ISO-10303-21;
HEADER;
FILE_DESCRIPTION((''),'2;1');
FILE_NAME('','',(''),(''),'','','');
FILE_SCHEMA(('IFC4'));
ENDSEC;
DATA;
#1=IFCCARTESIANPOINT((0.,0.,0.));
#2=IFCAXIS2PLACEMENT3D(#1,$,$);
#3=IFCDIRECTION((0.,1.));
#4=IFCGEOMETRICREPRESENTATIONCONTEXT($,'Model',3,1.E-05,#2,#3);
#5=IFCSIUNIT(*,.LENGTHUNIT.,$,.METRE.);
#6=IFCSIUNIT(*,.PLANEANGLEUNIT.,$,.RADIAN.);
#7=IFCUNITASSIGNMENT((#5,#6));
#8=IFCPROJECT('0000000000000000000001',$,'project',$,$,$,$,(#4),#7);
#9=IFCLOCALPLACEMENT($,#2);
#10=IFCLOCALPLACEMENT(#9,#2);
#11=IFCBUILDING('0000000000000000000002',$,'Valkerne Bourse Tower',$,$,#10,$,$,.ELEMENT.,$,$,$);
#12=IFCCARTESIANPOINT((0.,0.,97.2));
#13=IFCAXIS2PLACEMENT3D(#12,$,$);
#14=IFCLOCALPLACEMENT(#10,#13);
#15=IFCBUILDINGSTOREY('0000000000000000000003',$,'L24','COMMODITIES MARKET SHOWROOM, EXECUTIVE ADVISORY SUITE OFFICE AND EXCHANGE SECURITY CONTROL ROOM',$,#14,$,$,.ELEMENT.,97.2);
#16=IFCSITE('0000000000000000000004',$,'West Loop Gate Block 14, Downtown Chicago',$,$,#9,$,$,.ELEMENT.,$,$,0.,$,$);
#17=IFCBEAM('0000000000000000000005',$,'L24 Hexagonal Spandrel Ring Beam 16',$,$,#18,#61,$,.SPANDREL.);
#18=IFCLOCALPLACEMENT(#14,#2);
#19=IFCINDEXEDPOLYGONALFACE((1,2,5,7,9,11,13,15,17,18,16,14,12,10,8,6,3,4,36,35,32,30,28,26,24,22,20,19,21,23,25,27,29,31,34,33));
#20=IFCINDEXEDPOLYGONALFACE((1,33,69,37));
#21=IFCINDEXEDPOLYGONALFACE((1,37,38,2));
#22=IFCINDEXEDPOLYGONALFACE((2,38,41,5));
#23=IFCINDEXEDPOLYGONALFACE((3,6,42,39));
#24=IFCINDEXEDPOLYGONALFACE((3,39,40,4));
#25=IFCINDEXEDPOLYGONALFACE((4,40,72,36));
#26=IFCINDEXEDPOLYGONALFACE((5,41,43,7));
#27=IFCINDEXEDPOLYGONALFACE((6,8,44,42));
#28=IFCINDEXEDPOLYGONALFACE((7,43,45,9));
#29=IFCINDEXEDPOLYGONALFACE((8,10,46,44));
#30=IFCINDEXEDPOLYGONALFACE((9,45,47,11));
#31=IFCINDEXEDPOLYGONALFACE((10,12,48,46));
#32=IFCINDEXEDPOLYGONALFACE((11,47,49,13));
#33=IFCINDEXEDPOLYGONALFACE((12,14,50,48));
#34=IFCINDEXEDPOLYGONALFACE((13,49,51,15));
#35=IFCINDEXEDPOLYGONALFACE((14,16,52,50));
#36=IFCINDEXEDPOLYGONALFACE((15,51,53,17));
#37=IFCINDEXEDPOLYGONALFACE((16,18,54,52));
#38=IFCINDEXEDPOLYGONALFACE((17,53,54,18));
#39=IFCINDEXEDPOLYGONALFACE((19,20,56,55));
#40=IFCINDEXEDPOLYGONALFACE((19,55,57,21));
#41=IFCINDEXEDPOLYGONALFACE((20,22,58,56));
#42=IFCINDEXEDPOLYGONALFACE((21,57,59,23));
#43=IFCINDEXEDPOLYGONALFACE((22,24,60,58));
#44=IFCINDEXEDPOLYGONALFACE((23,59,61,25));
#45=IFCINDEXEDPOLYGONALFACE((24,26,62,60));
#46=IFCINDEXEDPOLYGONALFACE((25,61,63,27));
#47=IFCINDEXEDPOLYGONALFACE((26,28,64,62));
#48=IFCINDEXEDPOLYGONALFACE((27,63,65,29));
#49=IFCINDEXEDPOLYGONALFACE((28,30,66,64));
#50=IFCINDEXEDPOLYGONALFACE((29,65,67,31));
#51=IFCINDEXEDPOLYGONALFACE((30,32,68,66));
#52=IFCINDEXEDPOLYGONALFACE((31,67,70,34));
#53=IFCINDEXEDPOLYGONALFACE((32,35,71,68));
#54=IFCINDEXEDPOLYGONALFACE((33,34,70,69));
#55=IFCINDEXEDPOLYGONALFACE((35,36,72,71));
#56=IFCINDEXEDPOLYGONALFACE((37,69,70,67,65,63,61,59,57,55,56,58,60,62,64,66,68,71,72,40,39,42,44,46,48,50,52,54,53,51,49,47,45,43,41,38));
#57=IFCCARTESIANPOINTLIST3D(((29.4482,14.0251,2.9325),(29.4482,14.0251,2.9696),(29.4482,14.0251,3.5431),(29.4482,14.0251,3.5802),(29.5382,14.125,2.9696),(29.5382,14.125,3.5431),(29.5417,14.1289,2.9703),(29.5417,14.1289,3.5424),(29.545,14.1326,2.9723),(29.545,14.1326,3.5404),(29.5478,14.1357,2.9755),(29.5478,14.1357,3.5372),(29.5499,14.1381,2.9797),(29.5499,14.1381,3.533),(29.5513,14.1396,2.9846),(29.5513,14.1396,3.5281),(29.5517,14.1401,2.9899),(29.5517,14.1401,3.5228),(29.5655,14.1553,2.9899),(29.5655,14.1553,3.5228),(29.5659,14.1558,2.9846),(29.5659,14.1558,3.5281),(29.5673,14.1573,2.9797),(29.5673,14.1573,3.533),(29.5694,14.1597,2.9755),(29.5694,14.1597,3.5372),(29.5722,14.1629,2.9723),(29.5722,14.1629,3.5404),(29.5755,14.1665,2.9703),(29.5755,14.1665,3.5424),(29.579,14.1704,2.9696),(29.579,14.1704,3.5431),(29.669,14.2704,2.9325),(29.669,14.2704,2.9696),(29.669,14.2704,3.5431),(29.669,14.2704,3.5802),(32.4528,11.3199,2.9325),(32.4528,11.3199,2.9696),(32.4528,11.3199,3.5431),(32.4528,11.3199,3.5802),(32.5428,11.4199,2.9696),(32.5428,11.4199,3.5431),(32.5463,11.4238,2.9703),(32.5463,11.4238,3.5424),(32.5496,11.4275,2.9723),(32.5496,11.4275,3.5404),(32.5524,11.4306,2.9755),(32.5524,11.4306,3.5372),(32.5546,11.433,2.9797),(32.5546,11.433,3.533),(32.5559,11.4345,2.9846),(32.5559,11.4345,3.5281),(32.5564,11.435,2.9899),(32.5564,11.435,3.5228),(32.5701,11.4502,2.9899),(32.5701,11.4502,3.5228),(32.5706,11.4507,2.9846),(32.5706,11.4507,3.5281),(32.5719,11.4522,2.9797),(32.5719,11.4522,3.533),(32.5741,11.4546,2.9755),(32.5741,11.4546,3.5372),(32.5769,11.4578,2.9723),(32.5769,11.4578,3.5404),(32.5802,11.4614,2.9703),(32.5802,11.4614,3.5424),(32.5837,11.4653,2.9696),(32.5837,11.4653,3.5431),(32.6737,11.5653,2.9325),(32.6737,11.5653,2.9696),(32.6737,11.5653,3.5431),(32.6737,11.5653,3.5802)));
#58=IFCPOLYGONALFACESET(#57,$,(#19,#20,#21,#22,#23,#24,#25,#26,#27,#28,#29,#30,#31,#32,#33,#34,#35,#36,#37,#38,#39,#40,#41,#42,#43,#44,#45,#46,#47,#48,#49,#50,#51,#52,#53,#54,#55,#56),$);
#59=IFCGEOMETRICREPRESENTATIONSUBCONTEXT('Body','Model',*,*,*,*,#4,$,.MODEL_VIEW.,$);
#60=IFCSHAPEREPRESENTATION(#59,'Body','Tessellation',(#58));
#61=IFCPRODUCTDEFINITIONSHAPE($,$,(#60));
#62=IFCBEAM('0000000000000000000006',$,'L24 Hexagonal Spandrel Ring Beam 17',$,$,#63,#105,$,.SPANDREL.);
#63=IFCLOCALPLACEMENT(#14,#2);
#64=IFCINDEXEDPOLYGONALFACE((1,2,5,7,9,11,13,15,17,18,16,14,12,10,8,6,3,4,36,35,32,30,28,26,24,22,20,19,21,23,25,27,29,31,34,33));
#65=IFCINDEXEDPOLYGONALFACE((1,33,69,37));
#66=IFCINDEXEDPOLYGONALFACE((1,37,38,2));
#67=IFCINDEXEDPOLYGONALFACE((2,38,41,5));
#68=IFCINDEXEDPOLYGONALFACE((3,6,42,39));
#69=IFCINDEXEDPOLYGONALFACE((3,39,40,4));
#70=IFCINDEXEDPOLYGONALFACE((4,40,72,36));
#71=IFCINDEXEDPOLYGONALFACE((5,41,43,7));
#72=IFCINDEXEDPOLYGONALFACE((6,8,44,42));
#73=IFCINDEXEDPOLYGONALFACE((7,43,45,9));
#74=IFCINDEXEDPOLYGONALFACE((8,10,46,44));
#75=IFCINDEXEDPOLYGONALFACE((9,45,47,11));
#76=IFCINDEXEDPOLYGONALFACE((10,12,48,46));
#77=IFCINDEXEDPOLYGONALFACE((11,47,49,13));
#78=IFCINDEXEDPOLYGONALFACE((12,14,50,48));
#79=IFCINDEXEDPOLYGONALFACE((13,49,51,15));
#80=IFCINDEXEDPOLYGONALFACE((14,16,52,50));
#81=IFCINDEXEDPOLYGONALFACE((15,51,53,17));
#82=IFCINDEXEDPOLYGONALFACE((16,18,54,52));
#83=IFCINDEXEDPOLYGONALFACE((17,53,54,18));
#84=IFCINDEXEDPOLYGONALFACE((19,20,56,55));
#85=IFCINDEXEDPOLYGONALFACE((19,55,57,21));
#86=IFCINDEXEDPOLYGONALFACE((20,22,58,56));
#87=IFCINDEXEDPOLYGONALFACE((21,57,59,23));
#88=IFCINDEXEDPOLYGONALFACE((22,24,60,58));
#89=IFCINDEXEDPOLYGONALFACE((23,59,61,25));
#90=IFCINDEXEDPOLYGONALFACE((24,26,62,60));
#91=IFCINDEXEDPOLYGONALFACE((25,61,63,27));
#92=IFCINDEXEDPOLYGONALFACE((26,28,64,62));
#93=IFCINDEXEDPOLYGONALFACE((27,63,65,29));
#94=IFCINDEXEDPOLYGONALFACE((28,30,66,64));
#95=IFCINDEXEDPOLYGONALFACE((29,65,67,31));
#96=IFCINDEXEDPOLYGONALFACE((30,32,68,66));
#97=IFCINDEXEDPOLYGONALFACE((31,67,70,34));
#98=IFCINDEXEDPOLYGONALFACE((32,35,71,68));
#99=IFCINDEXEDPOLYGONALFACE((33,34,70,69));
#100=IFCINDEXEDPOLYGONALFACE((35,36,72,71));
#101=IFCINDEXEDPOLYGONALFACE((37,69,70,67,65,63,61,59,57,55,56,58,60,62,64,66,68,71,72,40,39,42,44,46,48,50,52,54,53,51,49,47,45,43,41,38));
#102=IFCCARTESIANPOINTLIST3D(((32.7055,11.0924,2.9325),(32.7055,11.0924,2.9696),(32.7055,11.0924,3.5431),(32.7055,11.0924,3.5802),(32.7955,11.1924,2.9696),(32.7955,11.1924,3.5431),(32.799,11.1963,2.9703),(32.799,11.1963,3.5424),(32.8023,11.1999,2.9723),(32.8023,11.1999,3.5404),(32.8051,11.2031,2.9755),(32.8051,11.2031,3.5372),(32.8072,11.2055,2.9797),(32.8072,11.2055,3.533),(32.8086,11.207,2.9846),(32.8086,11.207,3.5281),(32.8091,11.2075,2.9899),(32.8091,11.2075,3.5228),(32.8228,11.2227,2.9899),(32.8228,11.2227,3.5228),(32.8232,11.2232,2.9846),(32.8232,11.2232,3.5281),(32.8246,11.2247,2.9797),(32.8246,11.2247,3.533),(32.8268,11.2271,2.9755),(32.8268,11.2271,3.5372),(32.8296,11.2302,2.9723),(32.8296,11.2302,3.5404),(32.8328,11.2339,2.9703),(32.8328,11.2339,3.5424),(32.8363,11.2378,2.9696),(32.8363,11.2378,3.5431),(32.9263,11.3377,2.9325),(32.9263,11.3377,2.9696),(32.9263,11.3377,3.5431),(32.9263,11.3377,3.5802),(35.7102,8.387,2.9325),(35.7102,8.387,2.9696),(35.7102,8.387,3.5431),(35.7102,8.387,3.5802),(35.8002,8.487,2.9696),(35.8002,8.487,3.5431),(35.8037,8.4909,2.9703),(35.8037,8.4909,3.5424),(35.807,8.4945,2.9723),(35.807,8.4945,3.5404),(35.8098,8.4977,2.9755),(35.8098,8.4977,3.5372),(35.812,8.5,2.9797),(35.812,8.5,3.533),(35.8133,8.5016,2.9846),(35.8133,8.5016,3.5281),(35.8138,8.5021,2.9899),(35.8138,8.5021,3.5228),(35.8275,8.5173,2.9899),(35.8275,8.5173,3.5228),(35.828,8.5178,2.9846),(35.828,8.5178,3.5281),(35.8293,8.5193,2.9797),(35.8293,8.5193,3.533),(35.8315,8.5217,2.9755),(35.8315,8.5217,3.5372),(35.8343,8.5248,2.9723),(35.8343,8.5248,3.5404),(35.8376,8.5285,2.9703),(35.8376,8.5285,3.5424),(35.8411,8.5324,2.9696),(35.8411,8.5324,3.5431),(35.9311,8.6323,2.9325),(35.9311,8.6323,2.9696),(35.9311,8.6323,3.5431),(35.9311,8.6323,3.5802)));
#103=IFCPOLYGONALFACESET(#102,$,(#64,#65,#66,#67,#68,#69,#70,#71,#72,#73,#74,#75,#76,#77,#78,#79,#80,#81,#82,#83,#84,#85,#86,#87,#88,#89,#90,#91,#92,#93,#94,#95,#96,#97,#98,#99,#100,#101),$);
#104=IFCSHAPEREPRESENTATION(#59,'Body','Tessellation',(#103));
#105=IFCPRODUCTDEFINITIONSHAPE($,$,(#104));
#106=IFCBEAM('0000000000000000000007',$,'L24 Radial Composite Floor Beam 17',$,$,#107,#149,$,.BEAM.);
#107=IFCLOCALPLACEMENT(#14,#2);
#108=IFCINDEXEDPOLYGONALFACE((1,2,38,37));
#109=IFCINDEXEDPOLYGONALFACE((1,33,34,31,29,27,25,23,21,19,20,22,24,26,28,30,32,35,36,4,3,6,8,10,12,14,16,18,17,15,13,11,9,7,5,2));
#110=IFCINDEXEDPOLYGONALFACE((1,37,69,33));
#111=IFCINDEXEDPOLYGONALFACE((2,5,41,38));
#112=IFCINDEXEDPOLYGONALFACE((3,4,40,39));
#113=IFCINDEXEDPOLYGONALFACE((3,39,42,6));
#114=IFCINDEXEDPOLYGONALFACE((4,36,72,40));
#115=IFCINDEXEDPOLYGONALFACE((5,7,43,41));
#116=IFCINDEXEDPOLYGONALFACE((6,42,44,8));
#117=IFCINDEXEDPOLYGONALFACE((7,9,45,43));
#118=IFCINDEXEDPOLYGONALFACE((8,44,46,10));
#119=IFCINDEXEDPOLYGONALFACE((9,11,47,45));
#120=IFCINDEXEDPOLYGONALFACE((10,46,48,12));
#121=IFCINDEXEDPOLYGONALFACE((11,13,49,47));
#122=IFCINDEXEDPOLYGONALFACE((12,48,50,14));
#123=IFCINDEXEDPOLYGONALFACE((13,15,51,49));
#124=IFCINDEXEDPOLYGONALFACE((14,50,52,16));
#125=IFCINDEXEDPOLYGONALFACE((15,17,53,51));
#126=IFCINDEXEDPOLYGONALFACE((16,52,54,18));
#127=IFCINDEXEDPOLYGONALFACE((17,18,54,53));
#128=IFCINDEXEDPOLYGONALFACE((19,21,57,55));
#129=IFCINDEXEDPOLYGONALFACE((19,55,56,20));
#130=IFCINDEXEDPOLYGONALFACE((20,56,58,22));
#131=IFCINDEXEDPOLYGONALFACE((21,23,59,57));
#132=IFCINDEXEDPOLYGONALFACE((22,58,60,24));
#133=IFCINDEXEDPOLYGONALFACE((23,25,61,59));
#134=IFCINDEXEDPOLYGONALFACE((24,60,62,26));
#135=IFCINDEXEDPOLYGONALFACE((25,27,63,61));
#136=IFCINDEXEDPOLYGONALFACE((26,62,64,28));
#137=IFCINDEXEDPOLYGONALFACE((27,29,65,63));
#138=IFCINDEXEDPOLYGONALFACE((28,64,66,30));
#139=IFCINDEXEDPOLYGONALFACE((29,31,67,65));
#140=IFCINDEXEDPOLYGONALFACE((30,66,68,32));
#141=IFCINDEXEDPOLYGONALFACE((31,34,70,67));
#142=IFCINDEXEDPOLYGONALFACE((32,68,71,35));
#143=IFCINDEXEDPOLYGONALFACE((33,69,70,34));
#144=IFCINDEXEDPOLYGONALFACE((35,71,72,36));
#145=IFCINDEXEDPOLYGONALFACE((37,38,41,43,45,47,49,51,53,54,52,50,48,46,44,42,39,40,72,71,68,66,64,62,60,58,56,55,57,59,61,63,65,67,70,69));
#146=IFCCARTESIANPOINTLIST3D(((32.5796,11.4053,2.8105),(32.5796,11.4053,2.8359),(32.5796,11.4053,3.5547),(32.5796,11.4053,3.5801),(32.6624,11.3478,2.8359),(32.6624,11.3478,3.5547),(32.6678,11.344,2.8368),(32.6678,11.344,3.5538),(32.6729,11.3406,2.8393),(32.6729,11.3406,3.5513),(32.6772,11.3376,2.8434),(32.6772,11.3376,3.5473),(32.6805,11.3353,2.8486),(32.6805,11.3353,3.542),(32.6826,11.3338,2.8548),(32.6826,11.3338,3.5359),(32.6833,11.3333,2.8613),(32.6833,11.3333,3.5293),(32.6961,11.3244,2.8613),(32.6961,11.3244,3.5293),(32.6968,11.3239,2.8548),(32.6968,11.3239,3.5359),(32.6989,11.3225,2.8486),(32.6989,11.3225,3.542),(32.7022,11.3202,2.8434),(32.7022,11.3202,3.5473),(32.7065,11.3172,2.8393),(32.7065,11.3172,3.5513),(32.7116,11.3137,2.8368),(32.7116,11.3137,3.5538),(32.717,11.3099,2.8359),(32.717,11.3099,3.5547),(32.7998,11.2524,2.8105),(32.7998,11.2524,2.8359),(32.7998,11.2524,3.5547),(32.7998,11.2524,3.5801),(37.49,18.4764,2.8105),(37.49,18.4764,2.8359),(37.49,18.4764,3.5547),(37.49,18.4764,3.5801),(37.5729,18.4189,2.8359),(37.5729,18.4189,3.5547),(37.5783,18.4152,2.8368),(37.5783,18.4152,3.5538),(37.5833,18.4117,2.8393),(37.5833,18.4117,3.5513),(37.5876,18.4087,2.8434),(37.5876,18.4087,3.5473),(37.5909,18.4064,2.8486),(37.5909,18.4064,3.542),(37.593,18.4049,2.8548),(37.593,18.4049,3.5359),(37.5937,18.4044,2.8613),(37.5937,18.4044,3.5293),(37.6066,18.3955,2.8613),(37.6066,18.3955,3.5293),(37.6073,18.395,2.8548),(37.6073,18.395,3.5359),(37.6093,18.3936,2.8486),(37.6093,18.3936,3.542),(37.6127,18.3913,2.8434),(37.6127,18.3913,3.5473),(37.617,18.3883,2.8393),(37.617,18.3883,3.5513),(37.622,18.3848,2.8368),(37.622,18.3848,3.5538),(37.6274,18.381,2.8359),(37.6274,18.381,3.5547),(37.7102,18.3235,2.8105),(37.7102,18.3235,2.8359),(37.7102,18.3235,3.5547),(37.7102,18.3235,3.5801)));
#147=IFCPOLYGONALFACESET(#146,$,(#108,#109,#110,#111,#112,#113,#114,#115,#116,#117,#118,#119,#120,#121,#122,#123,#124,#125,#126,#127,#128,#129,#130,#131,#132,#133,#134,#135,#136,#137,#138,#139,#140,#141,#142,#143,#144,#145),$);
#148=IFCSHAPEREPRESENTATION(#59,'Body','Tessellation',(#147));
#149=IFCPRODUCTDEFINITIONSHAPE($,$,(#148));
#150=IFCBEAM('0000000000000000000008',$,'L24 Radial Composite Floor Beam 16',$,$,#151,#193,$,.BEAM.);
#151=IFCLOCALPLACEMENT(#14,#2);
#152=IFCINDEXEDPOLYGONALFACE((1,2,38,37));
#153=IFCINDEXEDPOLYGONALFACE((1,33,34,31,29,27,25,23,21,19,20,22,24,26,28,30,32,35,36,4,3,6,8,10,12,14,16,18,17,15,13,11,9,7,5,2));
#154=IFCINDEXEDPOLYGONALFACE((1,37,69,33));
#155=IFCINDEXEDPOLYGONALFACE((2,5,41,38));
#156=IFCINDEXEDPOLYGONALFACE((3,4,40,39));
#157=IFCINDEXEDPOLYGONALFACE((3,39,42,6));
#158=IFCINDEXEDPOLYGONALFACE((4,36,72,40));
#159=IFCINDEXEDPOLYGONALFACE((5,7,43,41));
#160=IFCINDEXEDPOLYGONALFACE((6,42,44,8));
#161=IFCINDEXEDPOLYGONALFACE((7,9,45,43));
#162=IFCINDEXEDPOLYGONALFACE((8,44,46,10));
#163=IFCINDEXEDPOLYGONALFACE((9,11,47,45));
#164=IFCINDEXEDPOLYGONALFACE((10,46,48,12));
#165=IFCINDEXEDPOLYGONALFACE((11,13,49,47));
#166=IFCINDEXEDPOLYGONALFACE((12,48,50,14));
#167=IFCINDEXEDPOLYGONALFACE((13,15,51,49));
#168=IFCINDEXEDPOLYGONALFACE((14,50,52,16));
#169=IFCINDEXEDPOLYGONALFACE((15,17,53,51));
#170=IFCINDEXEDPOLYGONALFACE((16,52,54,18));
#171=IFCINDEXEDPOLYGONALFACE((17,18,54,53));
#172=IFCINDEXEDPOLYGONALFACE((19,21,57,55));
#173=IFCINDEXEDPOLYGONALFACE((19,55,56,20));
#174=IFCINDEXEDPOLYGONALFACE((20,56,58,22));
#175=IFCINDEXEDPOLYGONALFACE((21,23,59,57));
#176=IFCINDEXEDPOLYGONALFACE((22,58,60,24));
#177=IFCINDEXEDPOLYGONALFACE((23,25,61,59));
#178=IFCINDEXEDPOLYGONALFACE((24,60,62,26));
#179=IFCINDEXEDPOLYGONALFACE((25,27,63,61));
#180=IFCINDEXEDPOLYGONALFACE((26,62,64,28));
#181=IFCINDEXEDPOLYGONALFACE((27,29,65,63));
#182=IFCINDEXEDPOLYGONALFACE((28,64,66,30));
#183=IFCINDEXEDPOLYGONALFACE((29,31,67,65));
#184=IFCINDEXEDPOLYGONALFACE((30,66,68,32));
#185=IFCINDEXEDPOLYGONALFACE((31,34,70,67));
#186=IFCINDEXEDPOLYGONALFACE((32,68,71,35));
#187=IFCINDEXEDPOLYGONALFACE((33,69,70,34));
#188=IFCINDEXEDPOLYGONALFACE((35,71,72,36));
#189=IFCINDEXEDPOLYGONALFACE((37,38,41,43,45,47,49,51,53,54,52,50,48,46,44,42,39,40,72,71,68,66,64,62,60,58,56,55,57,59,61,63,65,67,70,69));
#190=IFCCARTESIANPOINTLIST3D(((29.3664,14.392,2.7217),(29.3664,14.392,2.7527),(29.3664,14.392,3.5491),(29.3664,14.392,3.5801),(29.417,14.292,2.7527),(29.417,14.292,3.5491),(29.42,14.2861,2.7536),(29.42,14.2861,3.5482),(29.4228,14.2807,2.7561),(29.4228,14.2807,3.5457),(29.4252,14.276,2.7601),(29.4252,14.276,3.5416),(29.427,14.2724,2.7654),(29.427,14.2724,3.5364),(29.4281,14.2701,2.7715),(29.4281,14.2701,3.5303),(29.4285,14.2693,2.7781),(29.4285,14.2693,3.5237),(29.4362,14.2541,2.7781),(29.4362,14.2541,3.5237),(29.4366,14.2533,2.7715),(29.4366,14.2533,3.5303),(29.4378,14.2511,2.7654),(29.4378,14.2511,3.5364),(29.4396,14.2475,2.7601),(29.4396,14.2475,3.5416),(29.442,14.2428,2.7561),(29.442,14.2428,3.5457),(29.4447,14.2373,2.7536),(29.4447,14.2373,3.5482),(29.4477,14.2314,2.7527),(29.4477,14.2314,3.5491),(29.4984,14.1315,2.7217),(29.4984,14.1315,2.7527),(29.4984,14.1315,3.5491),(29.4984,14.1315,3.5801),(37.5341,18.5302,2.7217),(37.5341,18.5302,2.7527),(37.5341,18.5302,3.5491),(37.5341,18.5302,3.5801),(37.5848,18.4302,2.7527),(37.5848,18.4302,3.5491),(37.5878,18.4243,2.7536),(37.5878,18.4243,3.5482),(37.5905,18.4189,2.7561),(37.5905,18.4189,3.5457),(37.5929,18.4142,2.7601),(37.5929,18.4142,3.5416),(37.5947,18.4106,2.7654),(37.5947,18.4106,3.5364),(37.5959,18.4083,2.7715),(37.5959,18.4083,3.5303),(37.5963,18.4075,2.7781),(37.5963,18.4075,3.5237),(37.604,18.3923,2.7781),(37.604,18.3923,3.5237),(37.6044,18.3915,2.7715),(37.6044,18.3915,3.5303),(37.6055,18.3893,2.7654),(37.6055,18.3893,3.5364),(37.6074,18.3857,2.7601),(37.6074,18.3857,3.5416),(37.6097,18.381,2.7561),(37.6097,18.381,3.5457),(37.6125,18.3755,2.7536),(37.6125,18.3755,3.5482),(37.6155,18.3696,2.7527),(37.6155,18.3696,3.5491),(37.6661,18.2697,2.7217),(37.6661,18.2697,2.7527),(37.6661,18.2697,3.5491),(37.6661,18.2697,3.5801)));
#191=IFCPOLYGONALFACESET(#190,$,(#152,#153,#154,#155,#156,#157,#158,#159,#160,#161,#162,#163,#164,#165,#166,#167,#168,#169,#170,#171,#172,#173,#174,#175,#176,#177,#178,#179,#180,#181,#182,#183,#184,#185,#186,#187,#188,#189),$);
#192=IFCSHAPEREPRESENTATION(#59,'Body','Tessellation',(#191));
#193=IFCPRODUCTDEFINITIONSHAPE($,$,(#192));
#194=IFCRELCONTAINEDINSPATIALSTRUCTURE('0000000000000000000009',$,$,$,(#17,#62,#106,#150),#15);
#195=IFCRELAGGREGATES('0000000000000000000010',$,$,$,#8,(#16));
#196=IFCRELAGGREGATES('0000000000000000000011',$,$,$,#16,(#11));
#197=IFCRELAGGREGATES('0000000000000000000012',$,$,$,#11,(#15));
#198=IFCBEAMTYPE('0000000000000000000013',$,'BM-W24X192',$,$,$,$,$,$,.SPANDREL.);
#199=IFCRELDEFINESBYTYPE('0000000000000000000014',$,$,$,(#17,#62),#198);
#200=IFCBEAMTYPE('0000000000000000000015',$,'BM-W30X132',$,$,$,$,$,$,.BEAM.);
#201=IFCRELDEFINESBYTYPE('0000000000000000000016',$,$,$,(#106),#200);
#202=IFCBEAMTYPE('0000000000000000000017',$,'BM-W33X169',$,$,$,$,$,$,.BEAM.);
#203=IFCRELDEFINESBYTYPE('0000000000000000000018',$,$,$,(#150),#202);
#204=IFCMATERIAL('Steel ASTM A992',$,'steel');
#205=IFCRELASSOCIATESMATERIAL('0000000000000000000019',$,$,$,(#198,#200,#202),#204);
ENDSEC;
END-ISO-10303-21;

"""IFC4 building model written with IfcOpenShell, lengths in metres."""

from ifc_helpers import new_model, si_unit, direction, frame, origin, origin_2d, place, context, subcontext, project, spatial, i_section, extrude, material, material_profile, profile_set, type_object, element, save


model = new_model("IFC4")

# Units and contexts
model_context = context("Model", 3, precision=1e-05, world=origin(), true_north=direction((0.0, 1.0)))
body_context = subcontext(model_context, "Body", "Model", "MODEL_VIEW")
ifc_project = project(units=[si_unit("LENGTHUNIT", "METRE"), si_unit("PLANEANGLEUNIT", "RADIAN")], contexts=[model_context])

# Site, building, storey
site_placement = place(None, origin())
site = spatial("IfcSite", under=ifc_project, at=site_placement, Name="West Loop Gate Block 14, Downtown Chicago", CompositionType="ELEMENT", RefElevation=0.0)
building_placement = place(site_placement, origin())
building = spatial("IfcBuilding", under=site, at=building_placement, Name="Valkerne Bourse Tower", CompositionType="ELEMENT")
storey_placement = place(building_placement, frame((0.0, 0.0, 97.2)))
storey = spatial("IfcBuildingStorey", under=building, at=storey_placement, Name="L24", Description="COMMODITIES MARKET SHOWROOM, EXECUTIVE ADVISORY SUITE OFFICE AND EXCHANGE SECURITY CONTROL ROOM", CompositionType="ELEMENT", Elevation=97.2)

# Beams
ifc_material_1 = material(Name="Steel ASTM A992", Category="steel")
ifc_material_profile_1 = material_profile(ifc_material_1, i_section(OverallWidth=0.3301, OverallDepth=0.6477, WebThickness=0.0205, FlangeThickness=0.0371, FilletRadius=0.0203, at=origin_2d()), Name="W24X192")
ifc_profile_set_1 = profile_set([ifc_material_profile_1], Name="Steel ASTM A992")
beam_type_1 = type_object("IfcBeamType", Name="BM-W24X192", PredefinedType="SPANDREL", material=ifc_profile_set_1)
for number, where, z_axis, x_axis, name in (
    (1, (29.5586, 14.1477, 3.2563), (0.743183, -0.669088, 0.0), (0.669088, 0.743183, 0.0), "L24 Hexagonal Spandrel Ring Beam 16"),
):
    element("IfcBeam", number, at=place(storey_placement, frame(where, z_axis=z_axis, x_axis=x_axis)), inside=storey, type_object=beam_type_1, Name=name, PredefinedType="SPANDREL", context=body_context, shape_type="SweptSolid", body=[
        extrude(i_section(OverallWidth=0.3301, OverallDepth=0.6477, WebThickness=0.0205, FlangeThickness=0.0371, FilletRadius=0.0203, at=origin_2d()), origin(), (0.0, 0.0, 1.0), 4.043),
    ])
beam_1_placement = place(storey_placement, frame((32.8159, 11.2151, 3.2563), z_axis=(0.743153, -0.669122, 0.0), x_axis=(0.669122, 0.743153, 0.0)))
element("IfcBeam", 2, at=beam_1_placement, inside=storey, type_object=beam_type_1, Name="L24 Hexagonal Spandrel Ring Beam 17", PredefinedType="SPANDREL", context=body_context, shape_type="SweptSolid", body=[
    extrude(i_section(OverallWidth=0.3301, OverallDepth=0.6477, WebThickness=0.0205, FlangeThickness=0.0371, FilletRadius=0.0203, at=origin_2d()), origin(), (0.0, 0.0, 1.0), 4.0432),
])
ifc_material_profile_2 = material_profile(ifc_material_1, i_section(OverallWidth=0.2681, OverallDepth=0.7695, WebThickness=0.0156, FlangeThickness=0.0254, FilletRadius=0.0254, at=origin_2d()), Name="W30X132")
ifc_profile_set_2 = profile_set([ifc_material_profile_2], Name="Steel ASTM A992")
beam_type_2 = type_object("IfcBeamType", Name="BM-W30X132", PredefinedType="BEAM", material=ifc_profile_set_2)
beam_2_placement = place(storey_placement, frame((32.6897, 11.3289, 3.1953), z_axis=(0.570392, 0.821373, 0.0), x_axis=(-0.821373, 0.570392, 0.0)))
element("IfcBeam", 3, at=beam_2_placement, inside=storey, type_object=beam_type_2, Name="L24 Radial Composite Floor Beam 17", PredefinedType="BEAM", context=body_context, shape_type="SweptSolid", body=[
    extrude(i_section(OverallWidth=0.2681, OverallDepth=0.7695, WebThickness=0.0156, FlangeThickness=0.0254, FilletRadius=0.0254, at=origin_2d()), origin(), (0.0, 0.0, 1.0), 8.6089),
])
ifc_material_profile_3 = material_profile(ifc_material_1, i_section(OverallWidth=0.292, OverallDepth=0.8584, WebThickness=0.0171, FlangeThickness=0.031, FilletRadius=0.0254, at=origin_2d()), Name="W33X169")
ifc_profile_set_3 = profile_set([ifc_material_profile_3], Name="Steel ASTM A992")
beam_type_3 = type_object("IfcBeamType", Name="BM-W33X169", PredefinedType="BEAM", material=ifc_profile_set_3)
beam_3_placement = place(storey_placement, frame((29.4324, 14.2617, 3.1509), z_axis=(0.892042, 0.451953, 0.0), x_axis=(-0.451953, 0.892042, 0.0)))
element("IfcBeam", 4, at=beam_3_placement, inside=storey, type_object=beam_type_3, Name="L24 Radial Composite Floor Beam 16", PredefinedType="BEAM", context=body_context, shape_type="SweptSolid", body=[
    extrude(i_section(OverallWidth=0.292, OverallDepth=0.8584, WebThickness=0.0171, FlangeThickness=0.031, FilletRadius=0.0254, at=origin_2d()), origin(), (0.0, 0.0, 1.0), 9.1562),
])

save(model, "model.ifc")
